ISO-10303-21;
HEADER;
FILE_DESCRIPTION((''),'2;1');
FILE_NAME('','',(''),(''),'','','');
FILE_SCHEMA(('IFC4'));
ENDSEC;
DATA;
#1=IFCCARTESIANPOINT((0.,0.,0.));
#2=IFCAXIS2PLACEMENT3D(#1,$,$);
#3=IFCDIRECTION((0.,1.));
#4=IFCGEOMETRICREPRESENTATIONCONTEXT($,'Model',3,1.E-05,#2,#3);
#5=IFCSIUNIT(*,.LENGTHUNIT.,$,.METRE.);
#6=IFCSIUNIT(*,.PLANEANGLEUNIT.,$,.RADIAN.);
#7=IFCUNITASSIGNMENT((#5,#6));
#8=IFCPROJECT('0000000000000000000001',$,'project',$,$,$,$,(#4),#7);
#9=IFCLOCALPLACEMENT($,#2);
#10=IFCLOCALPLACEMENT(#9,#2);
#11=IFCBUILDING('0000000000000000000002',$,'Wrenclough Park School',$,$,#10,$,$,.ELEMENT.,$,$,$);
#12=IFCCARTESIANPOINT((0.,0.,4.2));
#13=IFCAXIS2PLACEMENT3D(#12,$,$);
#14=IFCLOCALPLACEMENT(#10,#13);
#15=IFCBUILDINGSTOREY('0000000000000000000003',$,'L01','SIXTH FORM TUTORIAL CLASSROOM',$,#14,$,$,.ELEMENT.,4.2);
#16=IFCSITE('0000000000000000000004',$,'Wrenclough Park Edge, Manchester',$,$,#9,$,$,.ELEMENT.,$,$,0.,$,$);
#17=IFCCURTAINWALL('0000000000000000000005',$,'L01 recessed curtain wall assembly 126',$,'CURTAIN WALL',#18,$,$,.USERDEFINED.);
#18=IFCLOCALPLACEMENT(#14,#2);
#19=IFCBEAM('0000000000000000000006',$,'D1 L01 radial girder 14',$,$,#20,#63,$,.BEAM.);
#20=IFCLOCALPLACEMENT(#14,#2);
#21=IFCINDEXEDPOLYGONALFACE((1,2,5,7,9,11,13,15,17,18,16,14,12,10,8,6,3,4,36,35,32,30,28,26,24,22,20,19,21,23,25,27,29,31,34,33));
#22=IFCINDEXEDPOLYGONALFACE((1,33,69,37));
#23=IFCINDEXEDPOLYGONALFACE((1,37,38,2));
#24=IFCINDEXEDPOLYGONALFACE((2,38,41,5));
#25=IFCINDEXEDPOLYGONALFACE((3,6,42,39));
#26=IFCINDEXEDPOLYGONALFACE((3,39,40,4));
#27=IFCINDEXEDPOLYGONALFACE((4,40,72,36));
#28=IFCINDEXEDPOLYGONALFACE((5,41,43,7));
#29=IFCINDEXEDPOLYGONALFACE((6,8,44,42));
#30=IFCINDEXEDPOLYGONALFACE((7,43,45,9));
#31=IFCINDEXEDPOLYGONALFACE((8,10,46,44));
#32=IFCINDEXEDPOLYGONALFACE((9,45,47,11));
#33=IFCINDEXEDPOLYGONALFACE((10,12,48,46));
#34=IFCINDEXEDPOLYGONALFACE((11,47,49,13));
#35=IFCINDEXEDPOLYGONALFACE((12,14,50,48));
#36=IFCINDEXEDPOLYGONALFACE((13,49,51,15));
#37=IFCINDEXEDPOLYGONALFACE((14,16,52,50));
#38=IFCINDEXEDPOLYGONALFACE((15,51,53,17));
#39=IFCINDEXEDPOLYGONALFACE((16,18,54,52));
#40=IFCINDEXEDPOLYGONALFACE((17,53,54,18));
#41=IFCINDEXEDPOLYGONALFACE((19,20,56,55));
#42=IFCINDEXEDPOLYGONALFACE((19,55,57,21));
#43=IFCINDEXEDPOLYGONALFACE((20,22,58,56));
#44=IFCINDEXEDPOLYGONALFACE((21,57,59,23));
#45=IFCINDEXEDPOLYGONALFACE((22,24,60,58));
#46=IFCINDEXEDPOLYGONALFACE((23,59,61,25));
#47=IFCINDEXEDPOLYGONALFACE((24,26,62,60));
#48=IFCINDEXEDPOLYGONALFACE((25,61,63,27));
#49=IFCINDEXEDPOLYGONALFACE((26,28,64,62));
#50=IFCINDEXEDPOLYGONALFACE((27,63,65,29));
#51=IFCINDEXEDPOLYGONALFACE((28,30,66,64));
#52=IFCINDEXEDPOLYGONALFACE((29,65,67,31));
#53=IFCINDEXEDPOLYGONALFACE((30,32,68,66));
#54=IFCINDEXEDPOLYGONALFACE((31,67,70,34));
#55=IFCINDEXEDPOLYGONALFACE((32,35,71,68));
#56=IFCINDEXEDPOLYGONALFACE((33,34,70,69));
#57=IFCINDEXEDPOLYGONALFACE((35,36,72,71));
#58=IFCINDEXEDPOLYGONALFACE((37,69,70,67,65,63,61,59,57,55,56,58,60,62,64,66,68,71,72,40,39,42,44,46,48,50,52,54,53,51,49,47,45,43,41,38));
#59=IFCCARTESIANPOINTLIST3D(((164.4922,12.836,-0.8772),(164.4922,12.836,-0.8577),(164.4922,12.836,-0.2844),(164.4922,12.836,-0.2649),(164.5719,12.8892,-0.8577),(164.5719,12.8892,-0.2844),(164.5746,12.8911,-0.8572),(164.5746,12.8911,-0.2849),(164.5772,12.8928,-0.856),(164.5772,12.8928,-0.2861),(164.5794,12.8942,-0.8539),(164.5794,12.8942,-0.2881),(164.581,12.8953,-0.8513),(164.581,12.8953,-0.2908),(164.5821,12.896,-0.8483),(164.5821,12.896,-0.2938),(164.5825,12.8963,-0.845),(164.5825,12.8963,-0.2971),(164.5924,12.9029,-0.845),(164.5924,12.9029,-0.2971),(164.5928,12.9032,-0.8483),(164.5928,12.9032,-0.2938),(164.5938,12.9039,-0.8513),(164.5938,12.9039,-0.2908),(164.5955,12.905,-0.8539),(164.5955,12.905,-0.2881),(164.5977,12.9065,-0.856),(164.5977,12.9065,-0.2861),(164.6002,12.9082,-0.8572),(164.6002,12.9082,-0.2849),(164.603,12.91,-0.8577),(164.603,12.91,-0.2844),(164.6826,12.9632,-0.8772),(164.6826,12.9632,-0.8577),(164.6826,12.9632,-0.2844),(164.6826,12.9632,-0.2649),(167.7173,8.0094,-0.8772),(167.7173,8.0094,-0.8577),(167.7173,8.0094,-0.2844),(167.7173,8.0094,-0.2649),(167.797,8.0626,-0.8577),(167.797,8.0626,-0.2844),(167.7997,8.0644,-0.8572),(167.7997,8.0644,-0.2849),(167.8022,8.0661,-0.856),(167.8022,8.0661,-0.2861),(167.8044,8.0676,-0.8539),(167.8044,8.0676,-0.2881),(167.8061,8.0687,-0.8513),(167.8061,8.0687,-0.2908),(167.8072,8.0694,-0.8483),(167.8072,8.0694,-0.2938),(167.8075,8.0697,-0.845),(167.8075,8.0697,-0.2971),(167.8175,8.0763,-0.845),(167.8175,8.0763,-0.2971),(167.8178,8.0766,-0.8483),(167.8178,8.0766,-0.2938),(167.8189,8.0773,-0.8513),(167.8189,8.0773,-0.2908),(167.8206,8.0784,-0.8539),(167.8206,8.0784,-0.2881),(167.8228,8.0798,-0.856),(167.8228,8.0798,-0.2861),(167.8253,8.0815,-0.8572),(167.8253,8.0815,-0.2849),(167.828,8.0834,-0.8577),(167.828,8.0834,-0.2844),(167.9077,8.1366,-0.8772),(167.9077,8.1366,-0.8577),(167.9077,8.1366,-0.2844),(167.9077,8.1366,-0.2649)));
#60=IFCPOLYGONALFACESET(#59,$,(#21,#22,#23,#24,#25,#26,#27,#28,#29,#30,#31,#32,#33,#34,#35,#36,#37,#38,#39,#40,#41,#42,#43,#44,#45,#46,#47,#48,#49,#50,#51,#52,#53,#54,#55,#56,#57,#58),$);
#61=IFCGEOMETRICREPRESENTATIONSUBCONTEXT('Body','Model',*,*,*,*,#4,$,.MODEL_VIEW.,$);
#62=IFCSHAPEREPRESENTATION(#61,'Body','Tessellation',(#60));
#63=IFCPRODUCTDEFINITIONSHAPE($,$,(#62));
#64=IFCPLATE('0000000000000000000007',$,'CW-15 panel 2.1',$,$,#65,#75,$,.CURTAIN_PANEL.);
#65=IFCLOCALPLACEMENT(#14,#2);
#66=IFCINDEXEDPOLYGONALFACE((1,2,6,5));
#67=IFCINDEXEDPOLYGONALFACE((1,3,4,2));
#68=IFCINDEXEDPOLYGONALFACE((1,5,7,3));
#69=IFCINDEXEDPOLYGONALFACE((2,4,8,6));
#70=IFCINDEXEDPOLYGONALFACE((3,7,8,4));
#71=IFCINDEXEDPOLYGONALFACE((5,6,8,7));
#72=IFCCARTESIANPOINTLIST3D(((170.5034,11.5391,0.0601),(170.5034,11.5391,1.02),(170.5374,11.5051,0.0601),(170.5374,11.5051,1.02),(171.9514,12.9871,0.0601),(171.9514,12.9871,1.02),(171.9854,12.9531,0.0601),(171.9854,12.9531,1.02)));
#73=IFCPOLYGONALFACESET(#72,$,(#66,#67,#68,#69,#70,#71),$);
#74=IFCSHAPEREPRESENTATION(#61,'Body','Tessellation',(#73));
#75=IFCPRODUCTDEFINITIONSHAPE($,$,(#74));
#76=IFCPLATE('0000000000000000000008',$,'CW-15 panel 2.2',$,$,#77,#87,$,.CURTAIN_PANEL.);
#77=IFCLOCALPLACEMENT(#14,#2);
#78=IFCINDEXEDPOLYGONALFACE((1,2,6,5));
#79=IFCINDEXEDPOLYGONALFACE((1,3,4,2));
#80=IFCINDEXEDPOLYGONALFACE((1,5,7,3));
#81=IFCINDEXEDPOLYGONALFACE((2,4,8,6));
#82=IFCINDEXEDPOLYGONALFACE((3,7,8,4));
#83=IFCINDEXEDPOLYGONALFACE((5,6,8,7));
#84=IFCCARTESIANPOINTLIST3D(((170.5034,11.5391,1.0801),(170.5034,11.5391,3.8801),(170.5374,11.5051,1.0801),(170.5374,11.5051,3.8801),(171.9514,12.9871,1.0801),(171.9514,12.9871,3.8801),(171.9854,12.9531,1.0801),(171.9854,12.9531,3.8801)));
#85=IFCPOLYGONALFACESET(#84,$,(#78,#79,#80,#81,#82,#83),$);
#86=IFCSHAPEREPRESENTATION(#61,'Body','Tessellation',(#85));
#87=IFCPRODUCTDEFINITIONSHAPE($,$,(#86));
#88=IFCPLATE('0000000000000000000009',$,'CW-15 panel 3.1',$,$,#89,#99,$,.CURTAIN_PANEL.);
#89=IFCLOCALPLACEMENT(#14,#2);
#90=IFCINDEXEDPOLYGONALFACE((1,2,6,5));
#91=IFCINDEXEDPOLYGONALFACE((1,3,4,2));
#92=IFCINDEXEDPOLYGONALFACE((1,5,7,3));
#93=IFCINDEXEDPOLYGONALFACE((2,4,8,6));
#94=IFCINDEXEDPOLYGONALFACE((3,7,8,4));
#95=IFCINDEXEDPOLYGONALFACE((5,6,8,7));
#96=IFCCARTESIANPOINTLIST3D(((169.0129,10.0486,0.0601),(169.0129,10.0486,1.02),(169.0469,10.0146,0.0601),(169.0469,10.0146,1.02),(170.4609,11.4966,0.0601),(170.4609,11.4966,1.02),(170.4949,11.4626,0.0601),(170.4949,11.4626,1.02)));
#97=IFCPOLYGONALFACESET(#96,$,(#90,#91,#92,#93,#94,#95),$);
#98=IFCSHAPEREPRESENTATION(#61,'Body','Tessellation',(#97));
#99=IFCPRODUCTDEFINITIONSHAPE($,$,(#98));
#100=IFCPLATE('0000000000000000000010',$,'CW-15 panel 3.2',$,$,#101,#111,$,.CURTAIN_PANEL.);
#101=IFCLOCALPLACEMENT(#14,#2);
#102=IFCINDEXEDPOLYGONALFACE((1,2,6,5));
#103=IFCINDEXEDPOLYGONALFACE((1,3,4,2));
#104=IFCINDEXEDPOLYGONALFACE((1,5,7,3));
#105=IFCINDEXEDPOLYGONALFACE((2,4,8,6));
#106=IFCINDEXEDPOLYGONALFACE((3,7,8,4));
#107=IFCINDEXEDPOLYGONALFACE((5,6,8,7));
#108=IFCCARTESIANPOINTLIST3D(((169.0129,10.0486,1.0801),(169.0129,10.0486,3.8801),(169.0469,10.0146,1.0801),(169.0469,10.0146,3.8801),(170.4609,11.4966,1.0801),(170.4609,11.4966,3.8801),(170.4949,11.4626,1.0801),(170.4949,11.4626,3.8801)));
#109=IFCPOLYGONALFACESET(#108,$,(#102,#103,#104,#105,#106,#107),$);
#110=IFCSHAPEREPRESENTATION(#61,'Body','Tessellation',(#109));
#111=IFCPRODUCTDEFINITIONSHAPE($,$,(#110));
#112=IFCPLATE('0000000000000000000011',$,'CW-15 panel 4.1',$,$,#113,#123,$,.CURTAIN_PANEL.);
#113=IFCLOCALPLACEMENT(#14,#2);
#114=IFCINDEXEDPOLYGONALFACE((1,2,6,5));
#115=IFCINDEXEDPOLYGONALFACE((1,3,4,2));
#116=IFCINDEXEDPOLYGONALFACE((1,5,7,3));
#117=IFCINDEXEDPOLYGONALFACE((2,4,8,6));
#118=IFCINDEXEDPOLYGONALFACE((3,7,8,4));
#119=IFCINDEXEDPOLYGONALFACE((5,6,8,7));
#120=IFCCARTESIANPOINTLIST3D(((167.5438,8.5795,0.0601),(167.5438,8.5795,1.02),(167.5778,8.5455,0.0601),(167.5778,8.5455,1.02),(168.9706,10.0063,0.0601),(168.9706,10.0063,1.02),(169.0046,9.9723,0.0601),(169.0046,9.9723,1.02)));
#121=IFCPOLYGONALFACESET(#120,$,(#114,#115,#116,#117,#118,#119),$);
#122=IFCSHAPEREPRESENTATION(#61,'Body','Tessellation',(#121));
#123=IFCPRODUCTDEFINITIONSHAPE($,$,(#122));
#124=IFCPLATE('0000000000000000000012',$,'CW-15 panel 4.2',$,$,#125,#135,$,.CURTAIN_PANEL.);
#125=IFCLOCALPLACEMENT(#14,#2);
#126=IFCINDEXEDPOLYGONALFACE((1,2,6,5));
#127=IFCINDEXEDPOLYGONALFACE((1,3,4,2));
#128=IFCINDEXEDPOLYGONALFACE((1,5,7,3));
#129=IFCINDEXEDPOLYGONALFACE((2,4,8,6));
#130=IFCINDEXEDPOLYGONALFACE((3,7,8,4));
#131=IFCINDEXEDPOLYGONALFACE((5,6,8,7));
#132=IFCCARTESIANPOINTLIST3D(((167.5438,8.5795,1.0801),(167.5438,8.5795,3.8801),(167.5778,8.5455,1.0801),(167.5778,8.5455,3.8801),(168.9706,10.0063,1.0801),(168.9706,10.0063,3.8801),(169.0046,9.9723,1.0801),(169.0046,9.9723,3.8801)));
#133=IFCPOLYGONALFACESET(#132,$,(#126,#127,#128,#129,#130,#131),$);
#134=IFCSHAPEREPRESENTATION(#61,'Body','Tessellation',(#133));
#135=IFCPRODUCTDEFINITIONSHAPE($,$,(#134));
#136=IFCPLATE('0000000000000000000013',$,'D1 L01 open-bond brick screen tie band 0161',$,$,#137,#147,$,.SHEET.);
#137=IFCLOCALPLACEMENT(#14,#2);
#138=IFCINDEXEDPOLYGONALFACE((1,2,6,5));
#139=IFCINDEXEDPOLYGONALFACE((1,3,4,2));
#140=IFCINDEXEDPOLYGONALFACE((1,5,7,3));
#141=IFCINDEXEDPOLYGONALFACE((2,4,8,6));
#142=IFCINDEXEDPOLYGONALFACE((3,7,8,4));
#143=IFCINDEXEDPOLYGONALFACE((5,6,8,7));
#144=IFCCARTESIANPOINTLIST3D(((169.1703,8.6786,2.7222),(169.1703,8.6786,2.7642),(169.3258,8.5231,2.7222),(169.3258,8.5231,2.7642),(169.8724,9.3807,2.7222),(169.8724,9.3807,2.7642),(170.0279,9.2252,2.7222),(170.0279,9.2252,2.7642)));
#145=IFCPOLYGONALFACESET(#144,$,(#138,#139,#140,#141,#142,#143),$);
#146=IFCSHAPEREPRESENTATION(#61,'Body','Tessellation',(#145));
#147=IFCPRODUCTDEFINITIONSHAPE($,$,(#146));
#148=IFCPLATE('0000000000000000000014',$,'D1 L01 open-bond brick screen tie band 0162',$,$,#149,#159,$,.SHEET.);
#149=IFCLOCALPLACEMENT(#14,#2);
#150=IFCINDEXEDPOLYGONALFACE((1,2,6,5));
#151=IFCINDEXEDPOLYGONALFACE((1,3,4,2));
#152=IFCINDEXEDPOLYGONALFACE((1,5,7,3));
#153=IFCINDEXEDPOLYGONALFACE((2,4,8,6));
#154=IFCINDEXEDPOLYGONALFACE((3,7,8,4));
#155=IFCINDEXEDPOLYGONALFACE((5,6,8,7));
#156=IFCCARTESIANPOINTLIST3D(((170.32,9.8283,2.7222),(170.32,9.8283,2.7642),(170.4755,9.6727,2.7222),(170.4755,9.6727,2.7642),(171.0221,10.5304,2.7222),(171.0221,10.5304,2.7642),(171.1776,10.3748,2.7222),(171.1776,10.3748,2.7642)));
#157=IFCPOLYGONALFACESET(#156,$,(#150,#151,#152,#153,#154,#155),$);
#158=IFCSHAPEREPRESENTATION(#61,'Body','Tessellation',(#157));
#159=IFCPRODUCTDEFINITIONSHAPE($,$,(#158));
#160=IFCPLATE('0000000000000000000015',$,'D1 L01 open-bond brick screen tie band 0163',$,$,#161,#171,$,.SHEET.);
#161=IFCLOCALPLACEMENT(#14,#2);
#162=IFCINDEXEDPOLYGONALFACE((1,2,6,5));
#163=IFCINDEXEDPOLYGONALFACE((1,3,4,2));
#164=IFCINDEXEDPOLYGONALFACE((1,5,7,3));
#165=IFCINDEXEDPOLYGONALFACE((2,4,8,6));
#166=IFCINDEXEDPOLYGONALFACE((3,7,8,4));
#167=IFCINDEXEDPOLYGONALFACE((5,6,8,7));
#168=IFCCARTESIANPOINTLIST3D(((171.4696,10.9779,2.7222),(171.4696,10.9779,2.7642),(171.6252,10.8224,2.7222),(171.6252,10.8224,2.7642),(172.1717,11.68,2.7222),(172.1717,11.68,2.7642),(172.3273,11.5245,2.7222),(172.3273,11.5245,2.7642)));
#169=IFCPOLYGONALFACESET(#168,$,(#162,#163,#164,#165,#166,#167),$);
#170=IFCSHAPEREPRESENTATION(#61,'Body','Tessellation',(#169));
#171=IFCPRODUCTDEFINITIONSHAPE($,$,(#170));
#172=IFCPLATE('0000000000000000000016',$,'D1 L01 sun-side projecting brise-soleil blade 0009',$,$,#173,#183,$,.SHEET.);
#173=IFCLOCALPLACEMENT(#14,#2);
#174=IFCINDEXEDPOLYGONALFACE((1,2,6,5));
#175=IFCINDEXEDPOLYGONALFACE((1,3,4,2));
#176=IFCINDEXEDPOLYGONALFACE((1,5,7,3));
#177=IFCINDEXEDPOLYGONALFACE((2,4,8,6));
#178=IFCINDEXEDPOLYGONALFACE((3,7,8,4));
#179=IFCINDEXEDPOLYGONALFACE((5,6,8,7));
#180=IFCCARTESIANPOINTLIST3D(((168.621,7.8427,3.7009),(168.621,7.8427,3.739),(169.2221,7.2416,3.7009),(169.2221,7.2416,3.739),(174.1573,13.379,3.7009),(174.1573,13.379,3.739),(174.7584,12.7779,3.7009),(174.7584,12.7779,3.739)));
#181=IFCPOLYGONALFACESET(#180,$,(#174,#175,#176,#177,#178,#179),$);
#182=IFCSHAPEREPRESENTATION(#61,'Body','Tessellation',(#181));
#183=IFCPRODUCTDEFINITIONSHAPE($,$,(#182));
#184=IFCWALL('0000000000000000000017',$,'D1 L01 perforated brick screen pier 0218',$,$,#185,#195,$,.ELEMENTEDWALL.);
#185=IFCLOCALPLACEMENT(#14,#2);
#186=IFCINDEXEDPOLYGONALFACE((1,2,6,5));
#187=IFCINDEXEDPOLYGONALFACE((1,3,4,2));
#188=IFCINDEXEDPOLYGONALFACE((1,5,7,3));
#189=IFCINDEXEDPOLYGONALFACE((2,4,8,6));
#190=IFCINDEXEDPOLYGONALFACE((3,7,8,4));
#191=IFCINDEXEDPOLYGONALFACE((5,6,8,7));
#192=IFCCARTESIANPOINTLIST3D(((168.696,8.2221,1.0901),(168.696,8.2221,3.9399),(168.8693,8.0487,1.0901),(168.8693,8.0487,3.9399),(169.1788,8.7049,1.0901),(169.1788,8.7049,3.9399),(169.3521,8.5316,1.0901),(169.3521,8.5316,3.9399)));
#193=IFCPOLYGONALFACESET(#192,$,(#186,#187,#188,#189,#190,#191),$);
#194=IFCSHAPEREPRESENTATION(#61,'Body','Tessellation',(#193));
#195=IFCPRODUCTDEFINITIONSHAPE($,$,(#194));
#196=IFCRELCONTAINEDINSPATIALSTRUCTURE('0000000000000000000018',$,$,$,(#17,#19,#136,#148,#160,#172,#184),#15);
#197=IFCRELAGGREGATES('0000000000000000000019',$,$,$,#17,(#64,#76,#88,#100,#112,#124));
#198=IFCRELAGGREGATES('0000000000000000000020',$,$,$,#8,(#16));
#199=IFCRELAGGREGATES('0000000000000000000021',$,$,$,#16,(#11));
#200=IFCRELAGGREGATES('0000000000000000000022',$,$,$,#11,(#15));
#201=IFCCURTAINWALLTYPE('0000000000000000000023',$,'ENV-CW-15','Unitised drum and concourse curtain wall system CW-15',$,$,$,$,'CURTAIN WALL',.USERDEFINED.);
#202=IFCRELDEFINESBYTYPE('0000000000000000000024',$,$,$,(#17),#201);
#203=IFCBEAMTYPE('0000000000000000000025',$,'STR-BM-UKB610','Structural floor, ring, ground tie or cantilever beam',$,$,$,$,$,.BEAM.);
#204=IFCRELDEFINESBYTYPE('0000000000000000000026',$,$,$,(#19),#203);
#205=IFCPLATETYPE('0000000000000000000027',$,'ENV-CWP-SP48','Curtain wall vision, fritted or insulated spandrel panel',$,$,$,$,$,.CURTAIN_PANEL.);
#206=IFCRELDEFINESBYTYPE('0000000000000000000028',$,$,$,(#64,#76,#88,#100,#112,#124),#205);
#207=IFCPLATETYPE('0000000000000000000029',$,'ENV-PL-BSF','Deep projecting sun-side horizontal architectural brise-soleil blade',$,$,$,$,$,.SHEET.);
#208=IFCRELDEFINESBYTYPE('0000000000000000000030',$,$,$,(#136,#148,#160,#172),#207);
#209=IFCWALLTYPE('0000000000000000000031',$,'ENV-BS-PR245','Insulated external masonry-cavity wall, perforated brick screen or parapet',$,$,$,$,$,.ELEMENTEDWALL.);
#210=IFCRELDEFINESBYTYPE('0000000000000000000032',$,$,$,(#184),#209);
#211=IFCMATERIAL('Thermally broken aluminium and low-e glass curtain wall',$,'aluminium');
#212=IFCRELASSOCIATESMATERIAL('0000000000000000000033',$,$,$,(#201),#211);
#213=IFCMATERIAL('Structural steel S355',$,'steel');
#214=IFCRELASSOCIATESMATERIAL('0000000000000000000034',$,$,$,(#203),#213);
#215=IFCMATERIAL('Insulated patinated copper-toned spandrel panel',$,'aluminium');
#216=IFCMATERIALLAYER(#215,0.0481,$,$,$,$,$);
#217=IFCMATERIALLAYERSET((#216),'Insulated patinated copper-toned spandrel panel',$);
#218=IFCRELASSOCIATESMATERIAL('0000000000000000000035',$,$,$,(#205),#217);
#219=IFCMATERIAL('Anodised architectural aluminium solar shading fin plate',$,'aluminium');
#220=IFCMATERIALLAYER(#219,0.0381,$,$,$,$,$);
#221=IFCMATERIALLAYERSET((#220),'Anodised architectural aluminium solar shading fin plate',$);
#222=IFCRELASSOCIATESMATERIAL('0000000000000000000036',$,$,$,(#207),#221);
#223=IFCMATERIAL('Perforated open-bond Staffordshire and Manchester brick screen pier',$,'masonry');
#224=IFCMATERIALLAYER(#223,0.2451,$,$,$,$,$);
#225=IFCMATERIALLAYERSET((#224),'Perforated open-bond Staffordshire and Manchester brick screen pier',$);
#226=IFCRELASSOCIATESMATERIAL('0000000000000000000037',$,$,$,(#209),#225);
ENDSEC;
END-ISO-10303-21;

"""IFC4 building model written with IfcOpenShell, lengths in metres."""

from ifc_helpers import new_model, si_unit, direction, frame, frame_2d, origin, origin_2d, place, context, subcontext, project, spatial, rectangle, i_section, extrude, material, layer, layer_set, material_profile, profile_set, type_object, element, aggregate, save


model = new_model("IFC4")

# Units and contexts
model_context = context("Model", 3, precision=1e-05, world=origin(), true_north=direction((0.0, 1.0)))
body_context = subcontext(model_context, "Body", "Model", "MODEL_VIEW")
ifc_project = project(units=[si_unit("LENGTHUNIT", "METRE"), si_unit("PLANEANGLEUNIT", "RADIAN")], contexts=[model_context])

# Site, building, storey
site_placement = place(None, origin())
site = spatial("IfcSite", under=ifc_project, at=site_placement, Name="Wrenclough Park Edge, Manchester", CompositionType="ELEMENT", RefElevation=0.0)
building_placement = place(site_placement, origin())
building = spatial("IfcBuilding", under=site, at=building_placement, Name="Wrenclough Park School", CompositionType="ELEMENT")
storey_placement = place(building_placement, frame((0.0, 0.0, 4.2)))
storey = spatial("IfcBuildingStorey", under=building, at=storey_placement, Name="L01", Description="SIXTH FORM TUTORIAL CLASSROOM", CompositionType="ELEMENT", Elevation=4.2)

# Curtain wall
ifc_material_1 = material(Name="Thermally broken aluminium and low-e glass curtain wall", Category="aluminium")
curtain_wall_type = type_object("IfcCurtainWallType", Name="ENV-CW-15", Description="Unitised drum and concourse curtain wall system CW-15", ElementType="CURTAIN WALL", PredefinedType="USERDEFINED", material=ifc_material_1)
curtain_wall_placement = place(storey_placement, origin())
curtain_wall = element("IfcCurtainWall", 1, at=curtain_wall_placement, inside=storey, type_object=curtain_wall_type, Name="L01 recessed curtain wall assembly 126", ObjectType="CURTAIN WALL", PredefinedType="USERDEFINED")

# Beam
ifc_material_2 = material(Name="Structural steel S355", Category="steel")
ifc_material_profile_1 = material_profile(ifc_material_2, i_section(OverallWidth=0.229, OverallDepth=0.6123, WebThickness=0.012, FlangeThickness=0.0195, FilletRadius=0.0127, at=origin_2d()), Name="UKB 610x229x125")
ifc_profile_set_1 = profile_set([ifc_material_profile_1], Name="Structural steel S355")
beam_type_1 = type_object("IfcBeamType", Name="STR-BM-UKB610", Description="Structural floor, ring, ground tie or cantilever beam", PredefinedType="BEAM", material=ifc_profile_set_1)
beam_1_placement = place(storey_placement, frame((167.8125, 8.073, -0.571), z_axis=(-0.555573, 0.831468, 0.0), x_axis=(-0.831468, -0.555573, 0.0)))
element("IfcBeam", 2, at=beam_1_placement, inside=storey, type_object=beam_type_1, Name="D1 L01 radial girder 14", PredefinedType="BEAM", context=body_context, shape_type="SweptSolid", body=[
    extrude(i_section(OverallWidth=0.229, OverallDepth=0.6123, WebThickness=0.012, FlangeThickness=0.0195, FilletRadius=0.0127, at=origin_2d()), origin(), (0.0, 0.0, 1.0), 5.8049),
])

# Plates
ifc_material_3 = material(Name="Insulated patinated copper-toned spandrel panel", Category="aluminium")
ifc_layer_1 = layer(ifc_material_3, 0.0481)
ifc_layer_set_1 = layer_set([ifc_layer_1], Name="Insulated patinated copper-toned spandrel panel")
plate_type_1 = type_object("IfcPlateType", Name="ENV-CWP-SP48", Description="Curtain wall vision, fritted or insulated spandrel panel", PredefinedType="CURTAIN_PANEL", material=ifc_layer_set_1)
plate_1_placement = place(storey_placement, frame((171.2444, 12.2461, 0.0601), z_axis=(0.0, 0.0, 1.0), x_axis=(-0.707107, -0.707107, 0.0)))
plate_1 = element("IfcPlate", 3, at=plate_1_placement, type_object=plate_type_1, Name="CW-15 panel 2.1", PredefinedType="CURTAIN_PANEL", context=body_context, shape_type="SweptSolid", body=[
    extrude(rectangle(XDim=2.0479, YDim=0.0481, at=origin_2d()), origin(), (0.0, 0.0, 1.0), 0.96),
])
plate_2_placement = place(storey_placement, frame((171.2444, 12.2461, 1.0801), z_axis=(0.0, 0.0, 1.0), x_axis=(-0.707107, -0.707107, 0.0)))
plate_2 = element("IfcPlate", 4, at=plate_2_placement, type_object=plate_type_1, Name="CW-15 panel 2.2", PredefinedType="CURTAIN_PANEL", context=body_context, shape_type="SweptSolid", body=[
    extrude(rectangle(XDim=2.0479, YDim=0.0481, at=origin_2d()), origin(), (0.0, 0.0, 1.0), 2.8),
])
plate_3_placement = place(storey_placement, frame((169.7539, 10.7556, 0.0601), z_axis=(0.0, 0.0, 1.0), x_axis=(-0.707107, -0.707107, 0.0)))
plate_3 = element("IfcPlate", 5, at=plate_3_placement, type_object=plate_type_1, Name="CW-15 panel 3.1", PredefinedType="CURTAIN_PANEL", context=body_context, shape_type="SweptSolid", body=[
    extrude(rectangle(XDim=2.0479, YDim=0.0481, at=origin_2d()), origin(), (0.0, 0.0, 1.0), 0.96),
])
plate_4_placement = place(storey_placement, frame((169.7539, 10.7556, 1.0801), z_axis=(0.0, 0.0, 1.0), x_axis=(-0.707107, -0.707107, 0.0)))
plate_4 = element("IfcPlate", 6, at=plate_4_placement, type_object=plate_type_1, Name="CW-15 panel 3.2", PredefinedType="CURTAIN_PANEL", context=body_context, shape_type="SweptSolid", body=[
    extrude(rectangle(XDim=2.0479, YDim=0.0481, at=origin_2d()), origin(), (0.0, 0.0, 1.0), 2.8),
])
plate_5_placement = place(storey_placement, frame((168.2742, 9.2759, 0.0601), z_axis=(0.0, 0.0, 1.0), x_axis=(-0.707107, -0.707107, 0.0)))
plate_5 = element("IfcPlate", 7, at=plate_5_placement, type_object=plate_type_1, Name="CW-15 panel 4.1", PredefinedType="CURTAIN_PANEL", context=body_context, shape_type="SweptSolid", body=[
    extrude(rectangle(XDim=2.0178, YDim=0.0481, at=origin_2d()), origin(), (0.0, 0.0, 1.0), 0.96),
])
plate_6_placement = place(storey_placement, frame((168.2742, 9.2759, 1.0801), z_axis=(0.0, 0.0, 1.0), x_axis=(-0.707107, -0.707107, 0.0)))
plate_6 = element("IfcPlate", 8, at=plate_6_placement, type_object=plate_type_1, Name="CW-15 panel 4.2", PredefinedType="CURTAIN_PANEL", context=body_context, shape_type="SweptSolid", body=[
    extrude(rectangle(XDim=2.0178, YDim=0.0481, at=origin_2d()), origin(), (0.0, 0.0, 1.0), 2.8),
])
aggregate(curtain_wall, [plate_1, plate_2, plate_3, plate_4, plate_5, plate_6])

# Plates
ifc_material_4 = material(Name="Anodised architectural aluminium solar shading fin plate", Category="aluminium")
ifc_layer_2 = layer(ifc_material_4, 0.0381)
ifc_layer_set_2 = layer_set([ifc_layer_2], Name="Anodised architectural aluminium solar shading fin plate")
plate_type_2 = type_object("IfcPlateType", Name="ENV-PL-BSF", Description="Deep projecting sun-side horizontal architectural brise-soleil blade", PredefinedType="SHEET", material=ifc_layer_set_2)
for number, where, z_axis, x_axis, name in (
    (9, (169.5991, 8.9519, 2.7222), (0.0, 0.0, 1.0), (0.707107, 0.707107, 0.0), "D1 L01 open-bond brick screen tie band 0161"),
    (10, (170.7488, 10.1016, 2.7222), (0.0, 0.0, 1.0), (0.707107, 0.707107, 0.0), "D1 L01 open-bond brick screen tie band 0162"),
    (11, (171.8984, 11.2512, 2.7222), (0.0, 0.0, 1.0), (0.707107, 0.707107, 0.0), "D1 L01 open-bond brick screen tie band 0163"),
):
    element("IfcPlate", number, at=place(storey_placement, frame(where, z_axis=z_axis, x_axis=x_axis)), inside=storey, type_object=plate_type_2, Name=name, PredefinedType="SHEET", context=body_context, shape_type="SweptSolid", body=[
        extrude(rectangle(XDim=0.9929, YDim=0.22, at=origin_2d()), origin(), (0.0, 0.0, 1.0), 0.042),
    ])
plate_7_placement = place(storey_placement, frame((171.6897, 10.3103, 3.7009), z_axis=(0.0, 0.0, 1.0), x_axis=(0.707107, 0.707107, 0.0)))
element("IfcPlate", 12, at=plate_7_placement, inside=storey, type_object=plate_type_2, Name="D1 L01 sun-side projecting brise-soleil blade 0009", PredefinedType="SHEET", context=body_context, shape_type="SweptSolid", body=[
    extrude(rectangle(XDim=7.8296, YDim=0.8501, at=origin_2d()), origin(), (0.0, 0.0, 1.0), 0.0381),
])

# Wall
ifc_material_5 = material(Name="Perforated open-bond Staffordshire and Manchester brick screen pier", Category="masonry")
ifc_layer_3 = layer(ifc_material_5, 0.2451)
ifc_layer_set_3 = layer_set([ifc_layer_3], Name="Perforated open-bond Staffordshire and Manchester brick screen pier")
wall_type_1 = type_object("IfcWallType", Name="ENV-BS-PR245", Description="Insulated external masonry-cavity wall, perforated brick screen or parapet", PredefinedType="ELEMENTEDWALL", material=ifc_layer_set_3)
for number, where, z_axis, x_axis, name in (
    (13, (168.7827, 8.1355, 1.0901), (0.0, 0.0, 1.0), (0.707107, 0.707107, 0.0), "D1 L01 perforated brick screen pier 0218"),
):
    element("IfcWall", number, at=place(storey_placement, frame(where, z_axis=z_axis, x_axis=x_axis)), inside=storey, type_object=wall_type_1, Name=name, PredefinedType="ELEMENTEDWALL", context=body_context, shape_type="SweptSolid", body=[
        extrude(rectangle(XDim=0.6829, YDim=0.2451, at=frame_2d((0.3413, 0.0))), origin(), (0.0, 0.0, 1.0), 2.8499),
    ])

save(model, "model.ifc")
